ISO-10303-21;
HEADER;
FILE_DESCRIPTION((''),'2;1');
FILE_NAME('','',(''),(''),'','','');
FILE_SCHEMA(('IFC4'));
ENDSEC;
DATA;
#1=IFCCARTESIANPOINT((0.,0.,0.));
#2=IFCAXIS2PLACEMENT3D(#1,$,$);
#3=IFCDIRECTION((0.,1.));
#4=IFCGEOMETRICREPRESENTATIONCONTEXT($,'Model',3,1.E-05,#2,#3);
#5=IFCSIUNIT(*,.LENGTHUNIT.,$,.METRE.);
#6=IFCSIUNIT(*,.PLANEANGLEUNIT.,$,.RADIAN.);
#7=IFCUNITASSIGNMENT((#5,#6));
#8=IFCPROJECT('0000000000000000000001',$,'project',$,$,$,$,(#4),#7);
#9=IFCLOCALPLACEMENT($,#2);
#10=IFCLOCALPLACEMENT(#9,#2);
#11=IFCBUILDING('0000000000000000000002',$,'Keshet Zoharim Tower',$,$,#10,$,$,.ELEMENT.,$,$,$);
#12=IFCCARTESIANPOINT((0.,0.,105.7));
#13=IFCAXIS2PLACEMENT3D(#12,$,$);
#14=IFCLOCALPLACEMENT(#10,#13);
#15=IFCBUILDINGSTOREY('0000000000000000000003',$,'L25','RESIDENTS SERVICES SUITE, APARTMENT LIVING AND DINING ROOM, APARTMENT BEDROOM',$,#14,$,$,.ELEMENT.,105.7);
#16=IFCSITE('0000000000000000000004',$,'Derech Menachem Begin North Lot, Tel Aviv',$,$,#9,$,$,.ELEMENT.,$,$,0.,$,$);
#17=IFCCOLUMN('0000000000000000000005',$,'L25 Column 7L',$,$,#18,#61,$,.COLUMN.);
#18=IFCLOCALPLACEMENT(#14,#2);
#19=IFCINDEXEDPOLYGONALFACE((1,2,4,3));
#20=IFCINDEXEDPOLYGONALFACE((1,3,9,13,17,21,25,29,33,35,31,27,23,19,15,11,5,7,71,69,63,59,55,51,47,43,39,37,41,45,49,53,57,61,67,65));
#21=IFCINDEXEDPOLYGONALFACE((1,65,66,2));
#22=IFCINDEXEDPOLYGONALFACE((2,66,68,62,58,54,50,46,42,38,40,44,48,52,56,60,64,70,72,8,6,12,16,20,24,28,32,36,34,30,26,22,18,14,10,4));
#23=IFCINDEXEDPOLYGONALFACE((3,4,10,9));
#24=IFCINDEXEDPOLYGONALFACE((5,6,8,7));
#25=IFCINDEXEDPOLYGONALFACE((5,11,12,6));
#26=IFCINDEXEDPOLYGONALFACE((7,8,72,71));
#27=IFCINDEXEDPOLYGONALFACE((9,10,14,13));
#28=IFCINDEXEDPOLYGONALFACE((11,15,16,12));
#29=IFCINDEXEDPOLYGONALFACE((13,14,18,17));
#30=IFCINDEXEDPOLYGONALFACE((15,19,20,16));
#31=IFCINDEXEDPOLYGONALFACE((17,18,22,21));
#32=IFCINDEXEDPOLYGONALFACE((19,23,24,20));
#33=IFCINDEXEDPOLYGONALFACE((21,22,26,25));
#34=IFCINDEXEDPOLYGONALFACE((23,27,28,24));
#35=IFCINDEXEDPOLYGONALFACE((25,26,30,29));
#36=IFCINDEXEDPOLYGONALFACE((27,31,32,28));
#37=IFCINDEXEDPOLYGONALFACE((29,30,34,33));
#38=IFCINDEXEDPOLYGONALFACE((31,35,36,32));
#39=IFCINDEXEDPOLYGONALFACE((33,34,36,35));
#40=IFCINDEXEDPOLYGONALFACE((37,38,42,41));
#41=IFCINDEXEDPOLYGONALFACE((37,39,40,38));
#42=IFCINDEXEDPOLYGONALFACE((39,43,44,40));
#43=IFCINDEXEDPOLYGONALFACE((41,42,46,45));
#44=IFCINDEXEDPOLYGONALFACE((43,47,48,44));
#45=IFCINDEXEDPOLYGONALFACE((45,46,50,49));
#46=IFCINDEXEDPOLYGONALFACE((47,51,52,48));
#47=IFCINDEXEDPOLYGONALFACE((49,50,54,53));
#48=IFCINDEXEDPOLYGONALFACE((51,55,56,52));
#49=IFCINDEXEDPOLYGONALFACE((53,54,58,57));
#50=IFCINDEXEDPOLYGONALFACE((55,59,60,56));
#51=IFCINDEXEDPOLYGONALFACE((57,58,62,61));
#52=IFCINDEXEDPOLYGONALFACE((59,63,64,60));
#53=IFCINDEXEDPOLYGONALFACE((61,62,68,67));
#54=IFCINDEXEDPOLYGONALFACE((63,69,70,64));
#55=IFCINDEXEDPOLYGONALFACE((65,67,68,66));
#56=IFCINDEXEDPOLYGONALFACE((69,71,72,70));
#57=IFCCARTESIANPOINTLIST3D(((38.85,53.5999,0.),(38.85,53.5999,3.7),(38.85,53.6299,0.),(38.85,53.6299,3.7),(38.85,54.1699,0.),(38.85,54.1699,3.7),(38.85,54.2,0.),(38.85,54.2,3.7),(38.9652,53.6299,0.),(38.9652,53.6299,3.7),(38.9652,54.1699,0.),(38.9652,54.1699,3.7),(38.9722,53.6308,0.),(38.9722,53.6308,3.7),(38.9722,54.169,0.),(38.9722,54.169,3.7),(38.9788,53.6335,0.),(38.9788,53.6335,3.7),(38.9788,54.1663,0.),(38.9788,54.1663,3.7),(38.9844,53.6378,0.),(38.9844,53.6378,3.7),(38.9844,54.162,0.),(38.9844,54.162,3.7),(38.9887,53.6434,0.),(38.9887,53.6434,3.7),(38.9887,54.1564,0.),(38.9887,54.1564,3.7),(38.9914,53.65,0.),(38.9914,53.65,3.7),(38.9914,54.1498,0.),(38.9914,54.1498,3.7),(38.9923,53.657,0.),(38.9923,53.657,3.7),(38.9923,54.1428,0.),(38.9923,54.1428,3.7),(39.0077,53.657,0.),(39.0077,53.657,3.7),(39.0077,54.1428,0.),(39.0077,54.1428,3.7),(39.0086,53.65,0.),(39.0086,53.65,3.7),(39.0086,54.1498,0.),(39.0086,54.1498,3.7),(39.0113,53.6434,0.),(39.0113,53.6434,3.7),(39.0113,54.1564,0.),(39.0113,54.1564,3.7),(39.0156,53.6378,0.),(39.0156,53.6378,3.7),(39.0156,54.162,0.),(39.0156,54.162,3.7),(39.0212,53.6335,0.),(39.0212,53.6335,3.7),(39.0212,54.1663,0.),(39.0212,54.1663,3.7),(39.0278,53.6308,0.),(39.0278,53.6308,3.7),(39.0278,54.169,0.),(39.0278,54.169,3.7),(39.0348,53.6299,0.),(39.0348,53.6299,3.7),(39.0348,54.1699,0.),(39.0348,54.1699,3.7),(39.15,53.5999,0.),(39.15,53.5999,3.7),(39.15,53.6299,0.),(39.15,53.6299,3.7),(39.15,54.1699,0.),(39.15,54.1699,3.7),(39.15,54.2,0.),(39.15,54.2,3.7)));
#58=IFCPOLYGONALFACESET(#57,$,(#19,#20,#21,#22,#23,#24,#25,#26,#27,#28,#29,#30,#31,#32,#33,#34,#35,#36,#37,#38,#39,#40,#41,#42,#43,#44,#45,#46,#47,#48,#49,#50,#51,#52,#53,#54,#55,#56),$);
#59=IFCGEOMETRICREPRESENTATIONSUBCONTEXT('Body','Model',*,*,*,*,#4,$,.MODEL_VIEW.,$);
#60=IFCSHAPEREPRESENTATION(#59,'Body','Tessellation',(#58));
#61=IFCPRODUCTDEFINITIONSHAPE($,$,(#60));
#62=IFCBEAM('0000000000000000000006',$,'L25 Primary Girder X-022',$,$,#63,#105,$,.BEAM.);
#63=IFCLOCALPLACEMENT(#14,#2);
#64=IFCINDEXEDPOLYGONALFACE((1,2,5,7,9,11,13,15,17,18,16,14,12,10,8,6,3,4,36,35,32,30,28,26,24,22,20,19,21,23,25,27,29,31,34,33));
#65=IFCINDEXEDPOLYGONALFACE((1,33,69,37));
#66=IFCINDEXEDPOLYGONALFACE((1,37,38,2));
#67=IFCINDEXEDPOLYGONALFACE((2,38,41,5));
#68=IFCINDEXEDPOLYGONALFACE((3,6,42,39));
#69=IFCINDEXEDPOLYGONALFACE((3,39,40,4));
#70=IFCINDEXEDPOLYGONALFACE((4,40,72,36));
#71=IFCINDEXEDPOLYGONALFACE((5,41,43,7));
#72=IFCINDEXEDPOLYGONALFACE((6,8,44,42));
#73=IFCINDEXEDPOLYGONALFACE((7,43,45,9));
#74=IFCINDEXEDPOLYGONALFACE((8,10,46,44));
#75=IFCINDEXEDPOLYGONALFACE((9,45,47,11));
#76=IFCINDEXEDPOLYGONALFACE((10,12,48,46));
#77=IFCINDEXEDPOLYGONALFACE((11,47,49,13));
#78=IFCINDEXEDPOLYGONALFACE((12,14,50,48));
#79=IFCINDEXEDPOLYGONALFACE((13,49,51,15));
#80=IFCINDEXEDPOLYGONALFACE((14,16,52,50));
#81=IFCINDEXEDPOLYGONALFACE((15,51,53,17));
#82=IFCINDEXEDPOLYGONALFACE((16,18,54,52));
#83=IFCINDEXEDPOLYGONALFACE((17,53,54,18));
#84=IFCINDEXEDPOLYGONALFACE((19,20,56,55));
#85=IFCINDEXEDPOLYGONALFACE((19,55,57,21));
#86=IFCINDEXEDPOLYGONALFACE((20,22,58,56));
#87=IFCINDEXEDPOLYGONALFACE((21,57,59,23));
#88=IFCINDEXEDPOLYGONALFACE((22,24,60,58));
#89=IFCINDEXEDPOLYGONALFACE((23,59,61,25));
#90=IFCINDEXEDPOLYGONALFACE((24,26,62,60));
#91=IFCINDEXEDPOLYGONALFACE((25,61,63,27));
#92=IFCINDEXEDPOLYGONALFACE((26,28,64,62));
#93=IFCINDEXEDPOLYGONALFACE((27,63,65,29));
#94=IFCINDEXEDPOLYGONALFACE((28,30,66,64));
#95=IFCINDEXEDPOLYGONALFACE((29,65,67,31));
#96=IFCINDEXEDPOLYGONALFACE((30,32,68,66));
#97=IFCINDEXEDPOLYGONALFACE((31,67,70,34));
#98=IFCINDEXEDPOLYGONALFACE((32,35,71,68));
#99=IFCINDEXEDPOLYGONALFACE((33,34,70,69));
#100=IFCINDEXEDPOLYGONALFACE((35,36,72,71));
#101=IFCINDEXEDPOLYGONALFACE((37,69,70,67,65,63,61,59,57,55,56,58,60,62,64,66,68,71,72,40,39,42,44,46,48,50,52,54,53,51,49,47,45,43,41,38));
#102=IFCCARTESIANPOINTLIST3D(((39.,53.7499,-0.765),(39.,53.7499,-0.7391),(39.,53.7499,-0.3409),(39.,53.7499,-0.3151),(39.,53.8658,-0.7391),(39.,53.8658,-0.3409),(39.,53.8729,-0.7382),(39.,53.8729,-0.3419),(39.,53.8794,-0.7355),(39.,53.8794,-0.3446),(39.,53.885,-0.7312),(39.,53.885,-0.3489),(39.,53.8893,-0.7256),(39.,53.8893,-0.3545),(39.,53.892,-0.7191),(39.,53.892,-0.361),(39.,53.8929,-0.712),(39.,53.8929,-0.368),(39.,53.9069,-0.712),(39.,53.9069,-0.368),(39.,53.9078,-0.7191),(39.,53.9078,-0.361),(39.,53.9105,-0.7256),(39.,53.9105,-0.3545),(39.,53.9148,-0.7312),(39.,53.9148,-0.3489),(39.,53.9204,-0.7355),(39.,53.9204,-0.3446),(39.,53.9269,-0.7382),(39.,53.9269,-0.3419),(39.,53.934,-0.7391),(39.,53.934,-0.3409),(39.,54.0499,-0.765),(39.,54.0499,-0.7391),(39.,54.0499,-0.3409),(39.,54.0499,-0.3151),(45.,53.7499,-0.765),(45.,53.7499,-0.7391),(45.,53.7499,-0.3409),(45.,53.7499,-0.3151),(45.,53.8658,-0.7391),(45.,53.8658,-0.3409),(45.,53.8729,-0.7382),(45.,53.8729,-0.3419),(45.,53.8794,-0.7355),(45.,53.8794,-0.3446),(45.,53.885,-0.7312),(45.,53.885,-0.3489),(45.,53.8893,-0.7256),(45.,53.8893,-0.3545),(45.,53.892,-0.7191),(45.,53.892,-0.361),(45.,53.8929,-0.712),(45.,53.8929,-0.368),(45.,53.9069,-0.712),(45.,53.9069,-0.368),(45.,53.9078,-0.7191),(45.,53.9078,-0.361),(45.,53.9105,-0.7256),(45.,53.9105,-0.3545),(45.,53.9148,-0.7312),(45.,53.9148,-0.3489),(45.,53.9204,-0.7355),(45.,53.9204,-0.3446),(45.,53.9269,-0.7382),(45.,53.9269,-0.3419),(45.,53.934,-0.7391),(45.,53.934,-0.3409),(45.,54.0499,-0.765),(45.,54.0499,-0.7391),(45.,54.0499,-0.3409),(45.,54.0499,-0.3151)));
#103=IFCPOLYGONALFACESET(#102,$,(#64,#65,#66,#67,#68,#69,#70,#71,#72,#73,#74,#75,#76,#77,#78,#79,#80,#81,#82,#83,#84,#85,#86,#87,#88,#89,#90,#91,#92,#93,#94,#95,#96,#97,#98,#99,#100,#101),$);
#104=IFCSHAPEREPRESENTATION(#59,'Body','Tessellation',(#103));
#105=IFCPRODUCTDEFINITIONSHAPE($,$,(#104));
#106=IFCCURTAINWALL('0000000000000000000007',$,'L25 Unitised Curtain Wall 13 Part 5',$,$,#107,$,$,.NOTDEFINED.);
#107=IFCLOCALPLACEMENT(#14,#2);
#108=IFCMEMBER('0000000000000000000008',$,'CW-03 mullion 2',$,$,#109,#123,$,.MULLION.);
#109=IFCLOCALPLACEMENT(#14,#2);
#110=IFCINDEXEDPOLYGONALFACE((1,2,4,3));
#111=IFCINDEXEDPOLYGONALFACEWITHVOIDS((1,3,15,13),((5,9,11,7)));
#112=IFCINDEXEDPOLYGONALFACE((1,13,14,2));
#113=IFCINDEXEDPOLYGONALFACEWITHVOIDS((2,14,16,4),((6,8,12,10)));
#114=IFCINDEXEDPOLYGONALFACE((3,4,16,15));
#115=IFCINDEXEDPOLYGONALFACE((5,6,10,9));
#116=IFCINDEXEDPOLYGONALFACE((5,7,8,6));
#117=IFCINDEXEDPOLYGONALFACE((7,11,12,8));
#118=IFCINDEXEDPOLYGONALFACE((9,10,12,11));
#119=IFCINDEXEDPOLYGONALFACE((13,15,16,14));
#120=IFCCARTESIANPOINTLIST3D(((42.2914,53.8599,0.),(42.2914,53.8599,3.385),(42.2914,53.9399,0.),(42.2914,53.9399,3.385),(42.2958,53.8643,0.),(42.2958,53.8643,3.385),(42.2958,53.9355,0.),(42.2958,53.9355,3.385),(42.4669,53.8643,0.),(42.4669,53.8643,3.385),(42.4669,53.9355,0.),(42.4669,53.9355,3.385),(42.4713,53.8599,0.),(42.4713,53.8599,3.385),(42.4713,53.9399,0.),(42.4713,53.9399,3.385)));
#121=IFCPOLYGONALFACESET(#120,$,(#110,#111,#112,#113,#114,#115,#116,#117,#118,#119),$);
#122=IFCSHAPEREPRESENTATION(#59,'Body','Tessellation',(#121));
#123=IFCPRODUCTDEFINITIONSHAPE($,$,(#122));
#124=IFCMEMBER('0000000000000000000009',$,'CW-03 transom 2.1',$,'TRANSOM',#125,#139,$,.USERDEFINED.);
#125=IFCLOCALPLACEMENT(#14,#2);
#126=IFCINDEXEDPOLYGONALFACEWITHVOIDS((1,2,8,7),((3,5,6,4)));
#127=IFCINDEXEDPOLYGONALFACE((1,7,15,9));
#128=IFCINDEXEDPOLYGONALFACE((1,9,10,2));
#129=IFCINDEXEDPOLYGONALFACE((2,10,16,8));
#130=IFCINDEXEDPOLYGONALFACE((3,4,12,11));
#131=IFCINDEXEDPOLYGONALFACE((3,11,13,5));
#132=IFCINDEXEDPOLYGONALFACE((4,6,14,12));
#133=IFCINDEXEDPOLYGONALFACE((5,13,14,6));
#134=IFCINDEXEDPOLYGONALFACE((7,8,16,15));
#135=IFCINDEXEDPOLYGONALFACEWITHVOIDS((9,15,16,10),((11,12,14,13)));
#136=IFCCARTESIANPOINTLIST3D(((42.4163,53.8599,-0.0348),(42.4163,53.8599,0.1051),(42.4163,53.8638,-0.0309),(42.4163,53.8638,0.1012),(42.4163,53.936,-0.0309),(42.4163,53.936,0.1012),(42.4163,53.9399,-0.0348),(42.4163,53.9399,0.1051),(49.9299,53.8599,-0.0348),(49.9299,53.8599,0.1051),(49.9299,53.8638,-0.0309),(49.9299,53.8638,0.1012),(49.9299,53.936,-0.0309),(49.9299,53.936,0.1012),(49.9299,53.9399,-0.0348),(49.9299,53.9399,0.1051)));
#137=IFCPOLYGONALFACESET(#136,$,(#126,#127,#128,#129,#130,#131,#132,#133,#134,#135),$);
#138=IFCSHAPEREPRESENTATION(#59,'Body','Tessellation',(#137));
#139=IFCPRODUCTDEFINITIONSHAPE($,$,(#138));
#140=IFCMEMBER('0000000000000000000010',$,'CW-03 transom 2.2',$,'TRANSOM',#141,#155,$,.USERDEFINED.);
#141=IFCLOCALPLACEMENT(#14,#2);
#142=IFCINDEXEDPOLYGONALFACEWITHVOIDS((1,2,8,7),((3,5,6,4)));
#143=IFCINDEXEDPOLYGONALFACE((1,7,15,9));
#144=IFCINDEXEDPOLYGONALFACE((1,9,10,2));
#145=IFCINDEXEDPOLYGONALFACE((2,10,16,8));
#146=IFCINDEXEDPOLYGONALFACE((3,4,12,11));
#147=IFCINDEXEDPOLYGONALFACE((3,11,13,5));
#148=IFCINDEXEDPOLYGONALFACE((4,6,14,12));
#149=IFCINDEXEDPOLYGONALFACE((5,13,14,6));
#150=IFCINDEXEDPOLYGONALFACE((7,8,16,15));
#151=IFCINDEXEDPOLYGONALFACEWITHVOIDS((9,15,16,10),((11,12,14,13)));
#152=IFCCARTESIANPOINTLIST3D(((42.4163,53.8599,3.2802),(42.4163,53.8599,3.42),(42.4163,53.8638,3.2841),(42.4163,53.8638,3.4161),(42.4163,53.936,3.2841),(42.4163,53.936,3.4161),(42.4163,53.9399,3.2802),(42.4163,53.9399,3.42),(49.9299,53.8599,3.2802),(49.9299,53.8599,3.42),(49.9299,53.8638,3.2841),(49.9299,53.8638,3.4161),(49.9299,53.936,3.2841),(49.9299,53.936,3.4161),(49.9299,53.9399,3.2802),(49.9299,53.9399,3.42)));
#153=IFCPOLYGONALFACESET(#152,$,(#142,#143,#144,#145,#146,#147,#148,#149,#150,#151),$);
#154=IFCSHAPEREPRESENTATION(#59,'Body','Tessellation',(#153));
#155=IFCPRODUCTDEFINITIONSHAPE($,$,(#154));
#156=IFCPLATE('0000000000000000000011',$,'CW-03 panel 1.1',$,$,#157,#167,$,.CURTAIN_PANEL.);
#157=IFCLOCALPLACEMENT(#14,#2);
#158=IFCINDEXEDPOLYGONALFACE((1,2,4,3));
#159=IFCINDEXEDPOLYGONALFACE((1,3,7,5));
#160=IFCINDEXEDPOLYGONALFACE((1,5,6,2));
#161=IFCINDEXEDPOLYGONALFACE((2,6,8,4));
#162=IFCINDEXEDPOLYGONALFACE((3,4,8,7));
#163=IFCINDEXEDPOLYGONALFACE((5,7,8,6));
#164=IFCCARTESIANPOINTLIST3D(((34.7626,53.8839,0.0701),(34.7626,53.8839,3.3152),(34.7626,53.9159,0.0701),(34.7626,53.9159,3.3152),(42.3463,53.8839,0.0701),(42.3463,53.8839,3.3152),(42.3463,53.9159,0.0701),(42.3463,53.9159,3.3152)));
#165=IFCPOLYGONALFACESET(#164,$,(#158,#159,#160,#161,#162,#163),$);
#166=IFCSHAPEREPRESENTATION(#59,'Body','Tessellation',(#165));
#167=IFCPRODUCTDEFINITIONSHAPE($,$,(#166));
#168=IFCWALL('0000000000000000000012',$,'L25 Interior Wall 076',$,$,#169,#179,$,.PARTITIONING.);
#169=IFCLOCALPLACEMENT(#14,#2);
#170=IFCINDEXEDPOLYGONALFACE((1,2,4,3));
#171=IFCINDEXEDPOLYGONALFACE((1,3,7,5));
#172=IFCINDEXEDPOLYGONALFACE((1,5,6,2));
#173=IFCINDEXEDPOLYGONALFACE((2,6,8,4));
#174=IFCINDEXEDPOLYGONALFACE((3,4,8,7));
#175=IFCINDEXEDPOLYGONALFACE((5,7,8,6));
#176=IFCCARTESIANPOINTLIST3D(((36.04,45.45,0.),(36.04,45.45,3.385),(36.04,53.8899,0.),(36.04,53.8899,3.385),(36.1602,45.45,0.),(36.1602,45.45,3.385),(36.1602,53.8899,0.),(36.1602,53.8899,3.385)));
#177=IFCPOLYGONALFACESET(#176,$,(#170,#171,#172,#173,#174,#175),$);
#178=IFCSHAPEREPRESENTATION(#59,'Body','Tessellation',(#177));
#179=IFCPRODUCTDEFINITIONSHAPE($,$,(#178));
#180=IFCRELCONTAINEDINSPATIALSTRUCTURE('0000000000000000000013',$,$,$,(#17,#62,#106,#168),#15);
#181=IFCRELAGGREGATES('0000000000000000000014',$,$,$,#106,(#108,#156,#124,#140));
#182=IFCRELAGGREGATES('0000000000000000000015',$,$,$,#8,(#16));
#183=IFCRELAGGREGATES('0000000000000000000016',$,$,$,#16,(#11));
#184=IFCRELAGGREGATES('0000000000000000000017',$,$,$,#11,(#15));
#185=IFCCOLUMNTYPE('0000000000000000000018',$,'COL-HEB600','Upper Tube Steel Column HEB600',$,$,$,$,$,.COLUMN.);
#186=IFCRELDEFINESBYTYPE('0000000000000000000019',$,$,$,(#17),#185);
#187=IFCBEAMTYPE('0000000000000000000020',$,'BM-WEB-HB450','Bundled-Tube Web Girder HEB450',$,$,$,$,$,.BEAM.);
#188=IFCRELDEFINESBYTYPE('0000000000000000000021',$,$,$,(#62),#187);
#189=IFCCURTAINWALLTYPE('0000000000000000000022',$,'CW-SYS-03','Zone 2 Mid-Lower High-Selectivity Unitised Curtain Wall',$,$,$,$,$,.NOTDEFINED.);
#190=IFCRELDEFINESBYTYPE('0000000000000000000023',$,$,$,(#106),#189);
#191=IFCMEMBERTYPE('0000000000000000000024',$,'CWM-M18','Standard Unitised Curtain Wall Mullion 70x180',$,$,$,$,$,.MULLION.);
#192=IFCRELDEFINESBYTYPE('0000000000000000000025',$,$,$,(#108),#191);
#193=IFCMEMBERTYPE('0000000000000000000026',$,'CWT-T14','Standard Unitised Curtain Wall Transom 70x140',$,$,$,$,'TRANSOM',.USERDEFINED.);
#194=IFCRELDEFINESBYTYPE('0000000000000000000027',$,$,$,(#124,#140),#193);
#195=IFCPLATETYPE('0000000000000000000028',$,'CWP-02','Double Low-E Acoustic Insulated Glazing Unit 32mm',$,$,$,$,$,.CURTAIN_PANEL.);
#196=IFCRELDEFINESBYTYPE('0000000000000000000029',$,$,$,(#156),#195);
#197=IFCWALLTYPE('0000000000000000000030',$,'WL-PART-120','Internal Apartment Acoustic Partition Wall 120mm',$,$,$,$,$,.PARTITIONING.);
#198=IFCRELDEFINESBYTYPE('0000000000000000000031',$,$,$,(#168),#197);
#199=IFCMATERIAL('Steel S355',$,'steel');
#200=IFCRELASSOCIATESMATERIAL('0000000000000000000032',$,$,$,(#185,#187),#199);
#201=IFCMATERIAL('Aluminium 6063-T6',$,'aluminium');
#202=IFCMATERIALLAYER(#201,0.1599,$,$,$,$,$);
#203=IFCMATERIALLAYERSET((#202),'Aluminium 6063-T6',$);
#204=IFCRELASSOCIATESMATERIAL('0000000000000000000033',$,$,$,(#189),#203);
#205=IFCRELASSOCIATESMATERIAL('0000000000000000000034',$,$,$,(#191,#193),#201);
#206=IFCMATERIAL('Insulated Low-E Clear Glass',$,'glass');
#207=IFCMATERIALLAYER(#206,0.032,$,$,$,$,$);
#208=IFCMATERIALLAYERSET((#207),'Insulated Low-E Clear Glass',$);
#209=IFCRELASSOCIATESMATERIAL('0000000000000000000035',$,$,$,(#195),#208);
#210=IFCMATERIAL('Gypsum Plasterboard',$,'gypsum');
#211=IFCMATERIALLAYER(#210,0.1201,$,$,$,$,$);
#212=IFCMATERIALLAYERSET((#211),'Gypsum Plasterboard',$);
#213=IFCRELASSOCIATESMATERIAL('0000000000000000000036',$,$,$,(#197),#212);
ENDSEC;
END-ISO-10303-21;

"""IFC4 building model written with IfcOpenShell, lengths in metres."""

from ifc_helpers import new_model, si_unit, direction, frame, frame_2d, origin, origin_2d, place, context, subcontext, project, spatial, rectangle, hollow_rectangle, i_section, extrude, material, layer, layer_set, material_profile, profile_set, type_object, element, aggregate, save


model = new_model("IFC4")

# Units and contexts
model_context = context("Model", 3, precision=1e-05, world=origin(), true_north=direction((0.0, 1.0)))
body_context = subcontext(model_context, "Body", "Model", "MODEL_VIEW")
ifc_project = project(units=[si_unit("LENGTHUNIT", "METRE"), si_unit("PLANEANGLEUNIT", "RADIAN")], contexts=[model_context])

# Site, building, storey
site_placement = place(None, origin())
site = spatial("IfcSite", under=ifc_project, at=site_placement, Name="Derech Menachem Begin North Lot, Tel Aviv", CompositionType="ELEMENT", RefElevation=0.0)
building_placement = place(site_placement, origin())
building = spatial("IfcBuilding", under=site, at=building_placement, Name="Keshet Zoharim Tower", CompositionType="ELEMENT")
storey_placement = place(building_placement, frame((0.0, 0.0, 105.7)))
storey = spatial("IfcBuildingStorey", under=building, at=storey_placement, Name="L25", Description="RESIDENTS SERVICES SUITE, APARTMENT LIVING AND DINING ROOM, APARTMENT BEDROOM", CompositionType="ELEMENT", Elevation=105.7)

# Column
ifc_material_1 = material(Name="Steel S355", Category="steel")
ifc_material_profile_1 = material_profile(ifc_material_1, i_section(OverallWidth=0.3, OverallDepth=0.6001, WebThickness=0.0154, FlangeThickness=0.03, FilletRadius=0.0271, at=origin_2d()), Name="HEB600")
ifc_profile_set_1 = profile_set([ifc_material_profile_1], Name="Steel S355")
column_type = type_object("IfcColumnType", Name="COL-HEB600", Description="Upper Tube Steel Column HEB600", PredefinedType="COLUMN", material=ifc_profile_set_1)
column_placement = place(storey_placement, frame((39.0, 53.8999, 0.0), z_axis=(0.0, 0.0, 1.0), x_axis=(1.0, 0.0, 0.0)))
element("IfcColumn", 1, at=column_placement, inside=storey, type_object=column_type, Name="L25 Column 7L", PredefinedType="COLUMN", context=body_context, shape_type="SweptSolid", body=[
    extrude(i_section(OverallWidth=0.3, OverallDepth=0.6001, WebThickness=0.0154, FlangeThickness=0.03, FilletRadius=0.0271, at=origin_2d()), origin(), (0.0, 0.0, 1.0), 3.7),
])

# Beam
ifc_material_profile_2 = material_profile(ifc_material_1, i_section(OverallWidth=0.3, OverallDepth=0.45, WebThickness=0.0139, FlangeThickness=0.0259, FilletRadius=0.0271, at=origin_2d()), Name="HEB450")
ifc_profile_set_2 = profile_set([ifc_material_profile_2], Name="Steel S355")
beam_type = type_object("IfcBeamType", Name="BM-WEB-HB450", Description="Bundled-Tube Web Girder HEB450", PredefinedType="BEAM", material=ifc_profile_set_2)
beam_placement = place(storey_placement, frame((39.0, 53.8999, -0.54), z_axis=(1.0, 0.0, 0.0), x_axis=(0.0, 1.0, 0.0)))
element("IfcBeam", 2, at=beam_placement, inside=storey, type_object=beam_type, Name="L25 Primary Girder X-022", PredefinedType="BEAM", context=body_context, shape_type="SweptSolid", body=[
    extrude(i_section(OverallWidth=0.3, OverallDepth=0.45, WebThickness=0.0139, FlangeThickness=0.0259, FilletRadius=0.0271, at=origin_2d()), origin(), (0.0, 0.0, 1.0), 6.0),
])

# Curtain wall, members, plate
ifc_material_2 = material(Name="Aluminium 6063-T6", Category="aluminium")
ifc_layer_1 = layer(ifc_material_2, 0.1599)
ifc_layer_set_1 = layer_set([ifc_layer_1], Name="Aluminium 6063-T6")
curtain_wall_type = type_object("IfcCurtainWallType", Name="CW-SYS-03", Description="Zone 2 Mid-Lower High-Selectivity Unitised Curtain Wall", PredefinedType="NOTDEFINED", material=ifc_layer_set_1)
curtain_wall_placement = place(storey_placement, origin())
curtain_wall = element("IfcCurtainWall", 3, at=curtain_wall_placement, inside=storey, type_object=curtain_wall_type, Name="L25 Unitised Curtain Wall 13 Part 5", PredefinedType="NOTDEFINED")
ifc_material_profile_3 = material_profile(ifc_material_2, hollow_rectangle(XDim=0.0801, YDim=0.1799, WallThickness=0.0044, at=origin_2d()), Name="MUL-80x180")
ifc_profile_set_3 = profile_set([ifc_material_profile_3], Name="Aluminium 6063-T6")
member_type_1 = type_object("IfcMemberType", Name="CWM-M18", Description="Standard Unitised Curtain Wall Mullion 70x180", PredefinedType="MULLION", material=ifc_profile_set_3)
member_1_placement = place(storey_placement, frame((42.3813, 53.8999, 0.0), z_axis=(0.0, 0.0, 1.0), x_axis=(0.0, 1.0, 0.0)))
member_1 = element("IfcMember", 4, at=member_1_placement, type_object=member_type_1, Name="CW-03 mullion 2", PredefinedType="MULLION", context=body_context, shape_type="SweptSolid", body=[
    extrude(hollow_rectangle(XDim=0.0801, YDim=0.1799, WallThickness=0.0044, at=origin_2d()), origin(), (0.0, 0.0, 1.0), 3.385),
])
ifc_material_profile_4 = material_profile(ifc_material_2, hollow_rectangle(XDim=0.0801, YDim=0.1399, WallThickness=0.0039, at=origin_2d()), Name="TRN-80x140")
ifc_profile_set_4 = profile_set([ifc_material_profile_4], Name="Aluminium 6063-T6")
member_type_2 = type_object("IfcMemberType", Name="CWT-T14", Description="Standard Unitised Curtain Wall Transom 70x140", ElementType="TRANSOM", PredefinedType="USERDEFINED", material=ifc_profile_set_4)
member_2_placement = place(storey_placement, frame((42.4163, 53.8999, 0.0352), z_axis=(1.0, 0.0, 0.0), x_axis=(0.0, 1.0, 0.0)))
member_2 = element("IfcMember", 5, at=member_2_placement, type_object=member_type_2, Name="CW-03 transom 2.1", ObjectType="TRANSOM", PredefinedType="USERDEFINED", context=body_context, shape_type="SweptSolid", body=[
    extrude(hollow_rectangle(XDim=0.0801, YDim=0.1399, WallThickness=0.0039, at=origin_2d()), origin(), (0.0, 0.0, 1.0), 7.5137),
])
member_3_placement = place(storey_placement, frame((42.4163, 53.8999, 3.3501), z_axis=(1.0, 0.0, 0.0), x_axis=(0.0, 1.0, 0.0)))
member_3 = element("IfcMember", 6, at=member_3_placement, type_object=member_type_2, Name="CW-03 transom 2.2", ObjectType="TRANSOM", PredefinedType="USERDEFINED", context=body_context, shape_type="SweptSolid", body=[
    extrude(hollow_rectangle(XDim=0.0801, YDim=0.1399, WallThickness=0.0039, at=origin_2d()), origin(), (0.0, 0.0, 1.0), 7.5137),
])
ifc_material_3 = material(Name="Insulated Low-E Clear Glass", Category="glass")
ifc_layer_2 = layer(ifc_material_3, 0.032)
ifc_layer_set_2 = layer_set([ifc_layer_2], Name="Insulated Low-E Clear Glass")
plate_type = type_object("IfcPlateType", Name="CWP-02", Description="Double Low-E Acoustic Insulated Glazing Unit 32mm", PredefinedType="CURTAIN_PANEL", material=ifc_layer_set_2)
plate_placement = place(storey_placement, frame((38.5544, 53.8999, 0.0701), z_axis=(0.0, 0.0, 1.0), x_axis=(1.0, 0.0, 0.0)))
plate = element("IfcPlate", 7, at=plate_placement, type_object=plate_type, Name="CW-03 panel 1.1", PredefinedType="CURTAIN_PANEL", context=body_context, shape_type="SweptSolid", body=[
    extrude(rectangle(XDim=7.5837, YDim=0.032, at=origin_2d()), origin(), (0.0, 0.0, 1.0), 3.2451),
])
aggregate(curtain_wall, [member_1, plate, member_2, member_3])

# Wall
ifc_material_4 = material(Name="Gypsum Plasterboard", Category="gypsum")
ifc_layer_3 = layer(ifc_material_4, 0.1201)
ifc_layer_set_3 = layer_set([ifc_layer_3], Name="Gypsum Plasterboard")
wall_type_1 = type_object("IfcWallType", Name="WL-PART-120", Description="Internal Apartment Acoustic Partition Wall 120mm", PredefinedType="PARTITIONING", material=ifc_layer_set_3)
for number, where, z_axis, x_axis, name in (
    (8, (36.1001, 45.45, 0.0), (0.0, 0.0, 1.0), (0.0, 1.0, 0.0), "L25 Interior Wall 076"),
):
    element("IfcWall", number, at=place(storey_placement, frame(where, z_axis=z_axis, x_axis=x_axis)), inside=storey, type_object=wall_type_1, Name=name, PredefinedType="PARTITIONING", context=body_context, shape_type="SweptSolid", body=[
        extrude(rectangle(XDim=8.4399, YDim=0.1201, at=frame_2d((4.22, 0.0))), origin(), (0.0, 0.0, 1.0), 3.385),
    ])

save(model, "model.ifc")
